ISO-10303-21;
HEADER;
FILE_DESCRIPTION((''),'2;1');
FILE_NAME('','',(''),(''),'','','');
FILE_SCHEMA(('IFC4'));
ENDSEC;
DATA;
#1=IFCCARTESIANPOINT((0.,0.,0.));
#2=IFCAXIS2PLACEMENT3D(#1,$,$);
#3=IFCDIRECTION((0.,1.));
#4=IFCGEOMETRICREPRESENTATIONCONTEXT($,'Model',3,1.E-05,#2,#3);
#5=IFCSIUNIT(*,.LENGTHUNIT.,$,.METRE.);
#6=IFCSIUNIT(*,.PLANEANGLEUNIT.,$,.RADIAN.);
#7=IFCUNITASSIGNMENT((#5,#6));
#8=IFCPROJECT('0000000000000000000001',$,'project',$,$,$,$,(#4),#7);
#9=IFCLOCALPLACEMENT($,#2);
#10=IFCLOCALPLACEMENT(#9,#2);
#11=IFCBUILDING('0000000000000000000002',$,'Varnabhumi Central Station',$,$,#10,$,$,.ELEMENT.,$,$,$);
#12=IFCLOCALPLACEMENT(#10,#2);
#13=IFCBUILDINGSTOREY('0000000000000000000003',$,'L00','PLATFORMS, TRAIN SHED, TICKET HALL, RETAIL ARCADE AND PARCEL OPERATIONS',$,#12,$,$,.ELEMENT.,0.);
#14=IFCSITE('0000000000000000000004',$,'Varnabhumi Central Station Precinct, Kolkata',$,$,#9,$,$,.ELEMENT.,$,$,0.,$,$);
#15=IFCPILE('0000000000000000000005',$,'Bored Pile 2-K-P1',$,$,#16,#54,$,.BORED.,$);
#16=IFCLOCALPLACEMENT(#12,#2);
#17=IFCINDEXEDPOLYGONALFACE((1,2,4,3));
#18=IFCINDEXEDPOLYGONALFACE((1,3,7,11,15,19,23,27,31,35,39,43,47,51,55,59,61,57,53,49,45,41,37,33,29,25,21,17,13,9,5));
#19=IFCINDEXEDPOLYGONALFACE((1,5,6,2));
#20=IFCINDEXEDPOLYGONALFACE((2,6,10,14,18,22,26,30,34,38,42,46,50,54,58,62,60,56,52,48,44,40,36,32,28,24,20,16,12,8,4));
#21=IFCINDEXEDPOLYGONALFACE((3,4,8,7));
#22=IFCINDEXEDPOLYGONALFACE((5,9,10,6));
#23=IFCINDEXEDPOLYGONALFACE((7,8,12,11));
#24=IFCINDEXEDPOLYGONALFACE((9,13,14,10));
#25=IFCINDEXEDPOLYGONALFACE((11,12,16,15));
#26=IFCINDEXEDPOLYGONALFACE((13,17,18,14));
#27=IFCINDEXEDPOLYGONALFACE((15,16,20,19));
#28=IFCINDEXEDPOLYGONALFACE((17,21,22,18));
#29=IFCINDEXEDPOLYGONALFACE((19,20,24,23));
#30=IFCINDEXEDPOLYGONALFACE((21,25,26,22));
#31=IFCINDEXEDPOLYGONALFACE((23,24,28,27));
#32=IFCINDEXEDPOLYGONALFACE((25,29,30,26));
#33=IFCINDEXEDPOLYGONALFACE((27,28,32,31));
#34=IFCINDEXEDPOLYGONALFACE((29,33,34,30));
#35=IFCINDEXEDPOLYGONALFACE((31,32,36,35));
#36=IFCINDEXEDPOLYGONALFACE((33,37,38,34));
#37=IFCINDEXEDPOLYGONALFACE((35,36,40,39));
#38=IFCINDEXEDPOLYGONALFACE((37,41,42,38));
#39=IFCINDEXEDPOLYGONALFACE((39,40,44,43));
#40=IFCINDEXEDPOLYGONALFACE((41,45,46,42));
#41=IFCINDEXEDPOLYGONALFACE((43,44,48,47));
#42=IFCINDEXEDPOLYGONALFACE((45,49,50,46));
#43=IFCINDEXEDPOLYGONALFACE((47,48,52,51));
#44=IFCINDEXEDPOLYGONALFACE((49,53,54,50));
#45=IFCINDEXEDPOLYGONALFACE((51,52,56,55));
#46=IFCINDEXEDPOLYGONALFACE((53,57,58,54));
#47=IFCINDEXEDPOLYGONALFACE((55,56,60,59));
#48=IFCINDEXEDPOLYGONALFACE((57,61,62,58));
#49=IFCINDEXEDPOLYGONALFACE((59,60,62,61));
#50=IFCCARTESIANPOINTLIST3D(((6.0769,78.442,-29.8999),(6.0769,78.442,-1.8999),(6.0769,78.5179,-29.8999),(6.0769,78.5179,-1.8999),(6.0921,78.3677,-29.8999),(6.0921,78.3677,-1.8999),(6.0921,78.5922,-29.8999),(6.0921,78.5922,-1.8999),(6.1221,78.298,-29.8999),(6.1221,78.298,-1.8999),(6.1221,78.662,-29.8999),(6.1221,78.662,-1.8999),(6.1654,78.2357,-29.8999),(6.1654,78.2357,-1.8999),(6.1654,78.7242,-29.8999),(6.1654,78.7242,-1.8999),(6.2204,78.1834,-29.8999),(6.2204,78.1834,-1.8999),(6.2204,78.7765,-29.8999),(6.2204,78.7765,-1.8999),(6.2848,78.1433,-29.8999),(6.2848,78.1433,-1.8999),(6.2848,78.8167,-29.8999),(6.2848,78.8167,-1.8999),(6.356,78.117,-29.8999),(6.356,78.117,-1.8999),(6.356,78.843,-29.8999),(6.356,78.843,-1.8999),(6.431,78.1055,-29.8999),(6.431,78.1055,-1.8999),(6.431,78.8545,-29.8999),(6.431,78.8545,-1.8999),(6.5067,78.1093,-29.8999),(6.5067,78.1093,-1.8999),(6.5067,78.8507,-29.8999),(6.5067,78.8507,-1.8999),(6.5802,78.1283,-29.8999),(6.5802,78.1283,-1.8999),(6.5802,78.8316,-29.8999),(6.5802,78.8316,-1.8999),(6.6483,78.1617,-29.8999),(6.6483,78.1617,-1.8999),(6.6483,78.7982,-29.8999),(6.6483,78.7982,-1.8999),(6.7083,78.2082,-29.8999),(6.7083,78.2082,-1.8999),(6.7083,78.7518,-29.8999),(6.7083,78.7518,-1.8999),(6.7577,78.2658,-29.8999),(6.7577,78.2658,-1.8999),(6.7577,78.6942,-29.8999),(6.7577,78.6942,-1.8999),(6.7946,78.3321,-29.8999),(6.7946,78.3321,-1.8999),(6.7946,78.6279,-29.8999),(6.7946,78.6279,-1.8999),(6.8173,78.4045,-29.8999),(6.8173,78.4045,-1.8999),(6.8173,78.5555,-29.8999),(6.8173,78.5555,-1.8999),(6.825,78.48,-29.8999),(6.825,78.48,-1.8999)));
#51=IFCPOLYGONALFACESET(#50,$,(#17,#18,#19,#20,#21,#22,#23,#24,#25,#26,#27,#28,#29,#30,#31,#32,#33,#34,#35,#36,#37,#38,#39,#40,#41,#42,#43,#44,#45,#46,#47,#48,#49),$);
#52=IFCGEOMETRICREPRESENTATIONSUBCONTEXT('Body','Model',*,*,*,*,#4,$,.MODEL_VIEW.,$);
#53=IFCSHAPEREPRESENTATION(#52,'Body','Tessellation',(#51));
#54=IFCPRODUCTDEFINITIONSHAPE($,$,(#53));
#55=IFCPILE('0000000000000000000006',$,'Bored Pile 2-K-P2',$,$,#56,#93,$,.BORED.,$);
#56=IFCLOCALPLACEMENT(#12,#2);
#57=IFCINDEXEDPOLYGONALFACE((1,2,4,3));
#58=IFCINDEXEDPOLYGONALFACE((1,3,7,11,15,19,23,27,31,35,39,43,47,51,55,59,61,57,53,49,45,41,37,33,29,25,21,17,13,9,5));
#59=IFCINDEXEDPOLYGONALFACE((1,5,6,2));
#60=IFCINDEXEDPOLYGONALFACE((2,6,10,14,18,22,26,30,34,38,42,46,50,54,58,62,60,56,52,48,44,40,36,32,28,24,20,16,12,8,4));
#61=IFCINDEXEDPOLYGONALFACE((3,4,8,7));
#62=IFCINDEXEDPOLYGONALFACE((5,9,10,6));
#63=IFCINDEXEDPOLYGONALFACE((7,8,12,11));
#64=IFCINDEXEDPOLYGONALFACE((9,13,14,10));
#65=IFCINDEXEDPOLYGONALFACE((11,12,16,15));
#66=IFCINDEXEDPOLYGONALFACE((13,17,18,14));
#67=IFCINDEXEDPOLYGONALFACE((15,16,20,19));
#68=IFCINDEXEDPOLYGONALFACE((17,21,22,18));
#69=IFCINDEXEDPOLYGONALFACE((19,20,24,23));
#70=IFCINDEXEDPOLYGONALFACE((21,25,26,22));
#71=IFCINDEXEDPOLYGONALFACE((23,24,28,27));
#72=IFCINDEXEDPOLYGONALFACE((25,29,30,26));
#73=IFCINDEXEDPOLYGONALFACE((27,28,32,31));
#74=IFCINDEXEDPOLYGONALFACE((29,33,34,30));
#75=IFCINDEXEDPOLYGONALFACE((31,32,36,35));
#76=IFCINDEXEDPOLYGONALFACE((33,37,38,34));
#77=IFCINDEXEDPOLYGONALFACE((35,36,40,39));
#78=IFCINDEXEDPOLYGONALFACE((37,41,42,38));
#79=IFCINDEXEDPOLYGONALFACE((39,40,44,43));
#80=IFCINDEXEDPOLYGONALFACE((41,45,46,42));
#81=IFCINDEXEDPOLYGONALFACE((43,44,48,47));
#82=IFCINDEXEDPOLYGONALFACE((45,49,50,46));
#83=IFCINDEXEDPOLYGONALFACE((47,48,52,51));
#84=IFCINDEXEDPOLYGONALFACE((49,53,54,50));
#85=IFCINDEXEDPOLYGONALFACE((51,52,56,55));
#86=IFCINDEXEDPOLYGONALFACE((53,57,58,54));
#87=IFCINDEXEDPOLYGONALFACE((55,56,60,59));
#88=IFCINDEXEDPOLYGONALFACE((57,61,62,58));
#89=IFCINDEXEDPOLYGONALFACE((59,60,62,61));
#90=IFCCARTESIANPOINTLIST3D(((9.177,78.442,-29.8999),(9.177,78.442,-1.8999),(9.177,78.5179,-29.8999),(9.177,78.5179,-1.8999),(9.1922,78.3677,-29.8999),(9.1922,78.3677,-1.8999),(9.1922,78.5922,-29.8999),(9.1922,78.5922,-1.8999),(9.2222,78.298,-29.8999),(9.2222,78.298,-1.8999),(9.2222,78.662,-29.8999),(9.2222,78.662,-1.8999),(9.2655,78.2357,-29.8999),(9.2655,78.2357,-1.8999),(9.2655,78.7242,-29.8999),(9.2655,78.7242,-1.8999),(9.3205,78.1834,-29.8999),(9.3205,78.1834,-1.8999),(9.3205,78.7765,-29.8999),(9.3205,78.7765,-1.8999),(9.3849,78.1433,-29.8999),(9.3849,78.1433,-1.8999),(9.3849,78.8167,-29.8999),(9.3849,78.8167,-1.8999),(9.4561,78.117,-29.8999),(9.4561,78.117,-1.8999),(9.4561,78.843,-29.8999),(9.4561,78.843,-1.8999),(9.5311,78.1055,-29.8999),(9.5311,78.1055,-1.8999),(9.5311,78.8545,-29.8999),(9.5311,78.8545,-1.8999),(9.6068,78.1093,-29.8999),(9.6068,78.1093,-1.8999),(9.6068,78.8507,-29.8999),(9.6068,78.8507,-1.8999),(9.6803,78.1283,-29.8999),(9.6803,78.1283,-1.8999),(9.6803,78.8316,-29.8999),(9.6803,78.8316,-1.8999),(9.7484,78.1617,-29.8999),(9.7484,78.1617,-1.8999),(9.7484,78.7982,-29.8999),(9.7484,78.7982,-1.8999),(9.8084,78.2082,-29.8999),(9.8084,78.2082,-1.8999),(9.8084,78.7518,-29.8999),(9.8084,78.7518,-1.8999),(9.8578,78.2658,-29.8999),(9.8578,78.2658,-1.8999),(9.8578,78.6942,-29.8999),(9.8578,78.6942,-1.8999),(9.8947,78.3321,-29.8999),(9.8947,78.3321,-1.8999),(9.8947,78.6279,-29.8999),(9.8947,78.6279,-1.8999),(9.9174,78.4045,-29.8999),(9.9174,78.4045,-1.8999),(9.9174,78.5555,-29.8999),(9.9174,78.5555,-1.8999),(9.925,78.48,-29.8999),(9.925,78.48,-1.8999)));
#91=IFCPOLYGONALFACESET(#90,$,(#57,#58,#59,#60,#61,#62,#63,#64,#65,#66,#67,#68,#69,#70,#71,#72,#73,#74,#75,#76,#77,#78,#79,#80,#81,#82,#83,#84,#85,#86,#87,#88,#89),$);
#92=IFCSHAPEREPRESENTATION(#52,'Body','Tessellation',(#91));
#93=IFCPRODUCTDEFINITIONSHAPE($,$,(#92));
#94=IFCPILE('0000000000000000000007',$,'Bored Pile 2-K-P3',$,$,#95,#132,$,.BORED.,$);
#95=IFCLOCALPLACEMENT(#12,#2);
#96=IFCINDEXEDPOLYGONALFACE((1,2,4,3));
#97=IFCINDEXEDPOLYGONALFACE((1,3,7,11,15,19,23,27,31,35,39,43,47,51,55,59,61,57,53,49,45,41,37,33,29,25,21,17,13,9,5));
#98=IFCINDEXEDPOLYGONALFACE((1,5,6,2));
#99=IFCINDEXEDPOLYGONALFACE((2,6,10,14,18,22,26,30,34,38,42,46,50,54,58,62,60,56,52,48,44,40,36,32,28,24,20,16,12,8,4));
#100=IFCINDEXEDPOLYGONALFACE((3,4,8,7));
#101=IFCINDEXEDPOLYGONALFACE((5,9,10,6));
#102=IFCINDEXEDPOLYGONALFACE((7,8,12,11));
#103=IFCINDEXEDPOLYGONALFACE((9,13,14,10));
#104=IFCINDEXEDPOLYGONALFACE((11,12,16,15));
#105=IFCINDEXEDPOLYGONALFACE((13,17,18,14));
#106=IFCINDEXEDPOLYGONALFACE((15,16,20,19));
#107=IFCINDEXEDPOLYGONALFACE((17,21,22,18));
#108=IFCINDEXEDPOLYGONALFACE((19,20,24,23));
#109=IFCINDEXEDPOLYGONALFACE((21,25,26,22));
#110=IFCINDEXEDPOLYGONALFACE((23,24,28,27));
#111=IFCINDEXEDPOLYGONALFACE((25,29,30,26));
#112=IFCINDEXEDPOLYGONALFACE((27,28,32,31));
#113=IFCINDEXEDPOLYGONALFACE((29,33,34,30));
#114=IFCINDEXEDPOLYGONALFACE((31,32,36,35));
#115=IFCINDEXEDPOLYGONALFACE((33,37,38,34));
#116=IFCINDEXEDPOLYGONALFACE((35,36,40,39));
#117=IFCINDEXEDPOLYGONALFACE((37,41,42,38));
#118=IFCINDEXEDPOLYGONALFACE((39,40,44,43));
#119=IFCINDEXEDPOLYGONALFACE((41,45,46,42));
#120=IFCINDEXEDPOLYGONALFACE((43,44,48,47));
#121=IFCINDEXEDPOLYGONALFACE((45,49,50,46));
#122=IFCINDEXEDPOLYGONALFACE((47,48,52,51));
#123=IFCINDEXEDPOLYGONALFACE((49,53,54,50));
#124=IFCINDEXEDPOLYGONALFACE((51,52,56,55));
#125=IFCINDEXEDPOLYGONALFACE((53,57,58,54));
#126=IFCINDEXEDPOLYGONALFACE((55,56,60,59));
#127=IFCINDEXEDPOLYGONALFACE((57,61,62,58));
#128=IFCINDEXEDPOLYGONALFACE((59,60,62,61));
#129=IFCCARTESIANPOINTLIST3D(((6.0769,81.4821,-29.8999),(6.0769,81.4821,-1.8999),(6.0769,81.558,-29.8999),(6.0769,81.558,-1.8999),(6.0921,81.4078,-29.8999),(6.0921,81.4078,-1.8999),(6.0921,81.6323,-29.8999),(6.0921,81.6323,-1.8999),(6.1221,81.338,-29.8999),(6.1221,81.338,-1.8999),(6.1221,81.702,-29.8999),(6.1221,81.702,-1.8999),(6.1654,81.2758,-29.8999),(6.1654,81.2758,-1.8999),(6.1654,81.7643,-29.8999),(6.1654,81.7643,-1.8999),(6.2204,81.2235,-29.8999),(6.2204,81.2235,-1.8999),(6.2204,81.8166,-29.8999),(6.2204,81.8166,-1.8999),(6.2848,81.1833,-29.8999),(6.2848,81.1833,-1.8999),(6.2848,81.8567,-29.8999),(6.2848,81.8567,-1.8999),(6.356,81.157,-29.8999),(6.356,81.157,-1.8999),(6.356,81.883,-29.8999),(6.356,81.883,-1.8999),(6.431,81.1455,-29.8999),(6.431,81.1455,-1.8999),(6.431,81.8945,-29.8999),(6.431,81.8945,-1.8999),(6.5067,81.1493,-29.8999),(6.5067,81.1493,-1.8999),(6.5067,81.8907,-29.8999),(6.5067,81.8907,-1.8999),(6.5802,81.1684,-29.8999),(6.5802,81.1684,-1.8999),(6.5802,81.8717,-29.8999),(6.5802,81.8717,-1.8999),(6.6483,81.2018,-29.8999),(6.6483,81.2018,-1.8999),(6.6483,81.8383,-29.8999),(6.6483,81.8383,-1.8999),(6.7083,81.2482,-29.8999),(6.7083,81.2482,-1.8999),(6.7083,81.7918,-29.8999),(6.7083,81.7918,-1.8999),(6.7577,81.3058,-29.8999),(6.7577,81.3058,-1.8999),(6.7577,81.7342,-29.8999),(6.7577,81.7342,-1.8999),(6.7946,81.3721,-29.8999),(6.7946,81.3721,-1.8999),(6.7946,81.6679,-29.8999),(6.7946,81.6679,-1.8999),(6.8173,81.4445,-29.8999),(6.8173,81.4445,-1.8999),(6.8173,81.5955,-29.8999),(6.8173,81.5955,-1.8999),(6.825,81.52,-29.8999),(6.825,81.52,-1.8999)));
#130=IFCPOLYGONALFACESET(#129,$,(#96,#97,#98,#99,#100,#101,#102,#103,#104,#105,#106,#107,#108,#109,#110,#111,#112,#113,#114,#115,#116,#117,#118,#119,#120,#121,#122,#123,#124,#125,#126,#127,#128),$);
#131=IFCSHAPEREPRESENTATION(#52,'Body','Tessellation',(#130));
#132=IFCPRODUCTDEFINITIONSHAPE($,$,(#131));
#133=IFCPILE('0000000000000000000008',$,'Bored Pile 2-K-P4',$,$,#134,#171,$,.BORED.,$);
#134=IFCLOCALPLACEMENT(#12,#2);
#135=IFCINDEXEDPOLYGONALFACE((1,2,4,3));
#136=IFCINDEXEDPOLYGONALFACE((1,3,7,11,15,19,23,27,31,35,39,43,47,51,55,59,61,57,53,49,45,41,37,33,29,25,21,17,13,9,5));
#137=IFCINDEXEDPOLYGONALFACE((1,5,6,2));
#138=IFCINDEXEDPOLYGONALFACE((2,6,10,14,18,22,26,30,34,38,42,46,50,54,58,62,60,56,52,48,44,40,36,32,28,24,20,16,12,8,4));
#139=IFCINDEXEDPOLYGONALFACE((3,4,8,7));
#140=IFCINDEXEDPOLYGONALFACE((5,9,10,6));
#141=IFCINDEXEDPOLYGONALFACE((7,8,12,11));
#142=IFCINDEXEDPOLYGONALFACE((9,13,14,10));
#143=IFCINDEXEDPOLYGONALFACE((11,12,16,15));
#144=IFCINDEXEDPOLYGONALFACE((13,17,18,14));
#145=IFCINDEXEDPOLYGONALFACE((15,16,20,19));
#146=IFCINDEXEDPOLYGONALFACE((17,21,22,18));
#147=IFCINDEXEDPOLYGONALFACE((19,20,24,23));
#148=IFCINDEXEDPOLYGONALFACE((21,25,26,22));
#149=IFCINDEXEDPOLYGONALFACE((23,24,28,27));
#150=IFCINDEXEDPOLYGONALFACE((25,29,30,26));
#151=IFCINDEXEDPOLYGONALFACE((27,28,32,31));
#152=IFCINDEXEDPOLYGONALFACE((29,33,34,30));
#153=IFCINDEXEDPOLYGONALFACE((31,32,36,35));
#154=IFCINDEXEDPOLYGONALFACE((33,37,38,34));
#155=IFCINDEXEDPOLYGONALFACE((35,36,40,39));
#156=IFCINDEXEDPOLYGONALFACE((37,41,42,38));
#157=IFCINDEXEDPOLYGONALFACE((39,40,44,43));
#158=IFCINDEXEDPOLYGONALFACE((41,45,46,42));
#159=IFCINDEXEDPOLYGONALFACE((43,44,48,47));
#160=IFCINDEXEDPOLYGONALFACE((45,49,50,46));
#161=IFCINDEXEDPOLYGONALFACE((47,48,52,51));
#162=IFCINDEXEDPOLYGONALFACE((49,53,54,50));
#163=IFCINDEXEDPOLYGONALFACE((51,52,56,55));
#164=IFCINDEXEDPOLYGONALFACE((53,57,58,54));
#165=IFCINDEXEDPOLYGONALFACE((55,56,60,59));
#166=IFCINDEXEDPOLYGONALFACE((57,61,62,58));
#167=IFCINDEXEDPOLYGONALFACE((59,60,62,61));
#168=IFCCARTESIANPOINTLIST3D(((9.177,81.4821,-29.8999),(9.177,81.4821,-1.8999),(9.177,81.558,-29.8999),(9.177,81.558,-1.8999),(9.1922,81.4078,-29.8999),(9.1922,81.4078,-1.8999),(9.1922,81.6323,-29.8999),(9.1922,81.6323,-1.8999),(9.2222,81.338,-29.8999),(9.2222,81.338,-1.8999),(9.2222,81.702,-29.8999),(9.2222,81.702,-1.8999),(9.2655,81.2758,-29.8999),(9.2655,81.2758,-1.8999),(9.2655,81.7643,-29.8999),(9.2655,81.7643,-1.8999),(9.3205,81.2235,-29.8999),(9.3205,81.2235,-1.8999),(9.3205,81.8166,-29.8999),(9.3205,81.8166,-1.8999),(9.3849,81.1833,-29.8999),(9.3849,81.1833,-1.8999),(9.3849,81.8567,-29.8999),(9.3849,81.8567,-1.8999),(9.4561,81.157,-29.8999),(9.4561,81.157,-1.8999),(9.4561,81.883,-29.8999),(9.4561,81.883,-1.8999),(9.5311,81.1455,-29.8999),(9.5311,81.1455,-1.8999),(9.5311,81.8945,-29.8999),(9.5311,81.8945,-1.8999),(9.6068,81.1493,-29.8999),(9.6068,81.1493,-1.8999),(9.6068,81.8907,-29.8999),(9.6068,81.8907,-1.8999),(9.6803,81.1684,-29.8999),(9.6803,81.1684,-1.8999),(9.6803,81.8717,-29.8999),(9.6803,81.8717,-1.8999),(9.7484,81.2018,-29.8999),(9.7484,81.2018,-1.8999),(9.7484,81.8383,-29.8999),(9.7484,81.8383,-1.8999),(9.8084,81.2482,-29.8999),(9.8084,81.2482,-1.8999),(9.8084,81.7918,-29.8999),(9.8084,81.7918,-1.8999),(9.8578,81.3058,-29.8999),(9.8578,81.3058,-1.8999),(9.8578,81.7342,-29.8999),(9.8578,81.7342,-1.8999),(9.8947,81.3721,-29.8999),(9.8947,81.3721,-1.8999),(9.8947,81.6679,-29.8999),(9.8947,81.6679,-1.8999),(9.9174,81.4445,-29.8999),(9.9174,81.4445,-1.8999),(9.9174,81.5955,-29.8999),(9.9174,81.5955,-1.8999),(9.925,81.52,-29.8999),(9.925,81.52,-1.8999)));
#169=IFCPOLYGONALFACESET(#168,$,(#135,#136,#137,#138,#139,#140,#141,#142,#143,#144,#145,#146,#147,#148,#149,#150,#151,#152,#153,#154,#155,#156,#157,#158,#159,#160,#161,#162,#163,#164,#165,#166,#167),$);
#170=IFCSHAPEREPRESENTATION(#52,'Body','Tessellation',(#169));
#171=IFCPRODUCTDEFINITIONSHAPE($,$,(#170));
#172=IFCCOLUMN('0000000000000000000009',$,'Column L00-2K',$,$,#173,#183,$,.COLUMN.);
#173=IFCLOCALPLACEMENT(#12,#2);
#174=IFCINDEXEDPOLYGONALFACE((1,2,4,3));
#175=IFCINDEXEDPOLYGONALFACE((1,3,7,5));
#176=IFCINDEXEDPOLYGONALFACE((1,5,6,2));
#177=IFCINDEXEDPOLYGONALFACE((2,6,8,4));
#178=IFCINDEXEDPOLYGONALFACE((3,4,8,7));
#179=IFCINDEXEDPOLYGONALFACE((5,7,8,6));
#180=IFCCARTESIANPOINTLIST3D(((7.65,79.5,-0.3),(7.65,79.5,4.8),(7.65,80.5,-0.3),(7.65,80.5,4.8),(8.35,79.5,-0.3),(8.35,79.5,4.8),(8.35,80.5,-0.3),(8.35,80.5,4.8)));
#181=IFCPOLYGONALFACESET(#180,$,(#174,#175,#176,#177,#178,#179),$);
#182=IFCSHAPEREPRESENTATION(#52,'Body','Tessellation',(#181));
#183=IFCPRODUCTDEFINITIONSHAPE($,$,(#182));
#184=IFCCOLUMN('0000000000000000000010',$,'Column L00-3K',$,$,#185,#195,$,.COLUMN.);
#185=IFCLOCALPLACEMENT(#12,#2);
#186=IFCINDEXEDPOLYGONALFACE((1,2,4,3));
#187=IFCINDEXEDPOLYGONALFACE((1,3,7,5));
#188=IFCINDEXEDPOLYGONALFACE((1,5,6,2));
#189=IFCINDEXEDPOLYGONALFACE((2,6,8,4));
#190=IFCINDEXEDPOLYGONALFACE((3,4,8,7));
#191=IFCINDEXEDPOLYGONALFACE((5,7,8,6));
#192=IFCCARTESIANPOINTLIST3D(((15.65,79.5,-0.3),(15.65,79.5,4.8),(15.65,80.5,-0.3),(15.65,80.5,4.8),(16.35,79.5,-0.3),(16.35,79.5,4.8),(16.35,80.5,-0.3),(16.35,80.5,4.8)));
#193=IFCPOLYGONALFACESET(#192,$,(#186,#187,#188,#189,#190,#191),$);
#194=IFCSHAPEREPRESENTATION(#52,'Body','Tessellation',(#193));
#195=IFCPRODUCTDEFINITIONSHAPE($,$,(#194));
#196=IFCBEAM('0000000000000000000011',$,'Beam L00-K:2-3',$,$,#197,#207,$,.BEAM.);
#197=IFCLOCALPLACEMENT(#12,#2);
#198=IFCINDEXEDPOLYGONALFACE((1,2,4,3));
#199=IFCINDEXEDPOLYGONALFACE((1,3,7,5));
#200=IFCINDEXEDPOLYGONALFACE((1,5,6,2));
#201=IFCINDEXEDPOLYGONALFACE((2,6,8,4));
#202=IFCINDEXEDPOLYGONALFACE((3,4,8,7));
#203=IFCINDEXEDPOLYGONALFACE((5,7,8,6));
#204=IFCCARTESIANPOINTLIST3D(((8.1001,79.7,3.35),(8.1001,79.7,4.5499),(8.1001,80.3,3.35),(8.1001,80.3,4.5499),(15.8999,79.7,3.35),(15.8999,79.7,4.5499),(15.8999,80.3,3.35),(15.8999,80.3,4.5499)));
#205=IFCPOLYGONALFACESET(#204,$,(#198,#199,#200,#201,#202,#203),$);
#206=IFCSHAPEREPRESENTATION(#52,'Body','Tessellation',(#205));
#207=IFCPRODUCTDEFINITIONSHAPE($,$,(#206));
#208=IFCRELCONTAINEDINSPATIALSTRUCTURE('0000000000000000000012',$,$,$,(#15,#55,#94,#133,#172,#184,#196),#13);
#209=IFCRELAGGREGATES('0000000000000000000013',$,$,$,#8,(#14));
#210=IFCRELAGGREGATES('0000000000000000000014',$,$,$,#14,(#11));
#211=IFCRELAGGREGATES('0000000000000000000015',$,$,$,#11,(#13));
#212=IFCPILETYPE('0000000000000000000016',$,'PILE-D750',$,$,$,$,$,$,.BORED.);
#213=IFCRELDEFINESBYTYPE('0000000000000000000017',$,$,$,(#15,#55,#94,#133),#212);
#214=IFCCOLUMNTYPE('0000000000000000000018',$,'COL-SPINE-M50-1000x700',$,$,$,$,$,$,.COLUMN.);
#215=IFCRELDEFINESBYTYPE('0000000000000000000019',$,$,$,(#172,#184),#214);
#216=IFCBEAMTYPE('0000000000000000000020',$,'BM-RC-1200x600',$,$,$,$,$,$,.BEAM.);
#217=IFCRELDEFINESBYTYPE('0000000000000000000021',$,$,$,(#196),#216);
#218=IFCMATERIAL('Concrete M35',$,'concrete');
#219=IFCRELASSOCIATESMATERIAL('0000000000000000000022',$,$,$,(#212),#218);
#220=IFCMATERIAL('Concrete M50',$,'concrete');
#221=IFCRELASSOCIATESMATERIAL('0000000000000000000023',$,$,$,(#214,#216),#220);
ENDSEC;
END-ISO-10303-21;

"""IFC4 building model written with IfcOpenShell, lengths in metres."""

from ifc_helpers import new_model, si_unit, direction, frame, origin, origin_2d, place, context, subcontext, project, spatial, rectangle, circle, extrude, material, material_profile, profile_set, type_object, element, save


model = new_model("IFC4")

# Units and contexts
model_context = context("Model", 3, precision=1e-05, world=origin(), true_north=direction((0.0, 1.0)))
body_context = subcontext(model_context, "Body", "Model", "MODEL_VIEW")
ifc_project = project(units=[si_unit("LENGTHUNIT", "METRE"), si_unit("PLANEANGLEUNIT", "RADIAN")], contexts=[model_context])

# Site, building, storey
site_placement = place(None, origin())
site = spatial("IfcSite", under=ifc_project, at=site_placement, Name="Varnabhumi Central Station Precinct, Kolkata", CompositionType="ELEMENT", RefElevation=0.0)
building_placement = place(site_placement, origin())
building = spatial("IfcBuilding", under=site, at=building_placement, Name="Varnabhumi Central Station", CompositionType="ELEMENT")
storey_placement = place(building_placement, origin())
storey = spatial("IfcBuildingStorey", under=building, at=storey_placement, Name="L00", Description="PLATFORMS, TRAIN SHED, TICKET HALL, RETAIL ARCADE AND PARCEL OPERATIONS", CompositionType="ELEMENT", Elevation=0.0)

# Piles
ifc_material_1 = material(Name="Concrete M35", Category="concrete")
ifc_material_profile_1 = material_profile(ifc_material_1, circle(Radius=0.375, at=origin_2d()), Name="Concrete M35", Category="concrete")
ifc_profile_set_1 = profile_set([ifc_material_profile_1], Name="Concrete M35")
pile_type_1 = type_object("IfcPileType", Name="PILE-D750", PredefinedType="BORED", material=ifc_profile_set_1)
for number, where, z_axis, x_axis, name in (
    (1, (6.45, 78.48, -1.8999), (0.0, 0.0, -1.0), (1.0, 0.0, 0.0), "Bored Pile 2-K-P1"),
    (2, (9.55, 78.48, -1.8999), (0.0, 0.0, -1.0), (1.0, 0.0, 0.0), "Bored Pile 2-K-P2"),
    (3, (6.45, 81.52, -1.8999), (0.0, 0.0, -1.0), (1.0, 0.0, 0.0), "Bored Pile 2-K-P3"),
    (4, (9.55, 81.52, -1.8999), (0.0, 0.0, -1.0), (1.0, 0.0, 0.0), "Bored Pile 2-K-P4"),
):
    element("IfcPile", number, at=place(storey_placement, frame(where, z_axis=z_axis, x_axis=x_axis)), inside=storey, type_object=pile_type_1, Name=name, PredefinedType="BORED", context=body_context, shape_type="SweptSolid", body=[
        extrude(circle(Radius=0.375, at=origin_2d()), origin(), (0.0, 0.0, 1.0), 28.0),
    ])

# Columns
ifc_material_2 = material(Name="Concrete M50", Category="concrete")
ifc_material_profile_2 = material_profile(ifc_material_2, rectangle(XDim=0.7, YDim=1.0, at=origin_2d()), Name="Concrete M50", Category="concrete")
ifc_profile_set_2 = profile_set([ifc_material_profile_2], Name="Concrete M50")
column_type = type_object("IfcColumnType", Name="COL-SPINE-M50-1000x700", PredefinedType="COLUMN", material=ifc_profile_set_2)
for number, where, z_axis, x_axis, name in (
    (5, (8.0, 80.0, -0.3), (0.0, 0.0, 1.0), (1.0, 0.0, 0.0), "Column L00-2K"),
    (6, (16.0, 80.0, -0.3), (0.0, 0.0, 1.0), (1.0, 0.0, 0.0), "Column L00-3K"),
):
    element("IfcColumn", number, at=place(storey_placement, frame(where, z_axis=z_axis, x_axis=x_axis)), inside=storey, type_object=column_type, Name=name, PredefinedType="COLUMN", context=body_context, shape_type="SweptSolid", body=[
        extrude(rectangle(XDim=0.7, YDim=1.0, at=origin_2d()), origin(), (0.0, 0.0, 1.0), 5.1001),
    ])

# Beam
ifc_material_profile_3 = material_profile(ifc_material_2, rectangle(XDim=0.6001, YDim=1.2, at=origin_2d()), Name="Concrete M50", Category="concrete")
ifc_profile_set_3 = profile_set([ifc_material_profile_3], Name="Concrete M50")
beam_type_1 = type_object("IfcBeamType", Name="BM-RC-1200x600", PredefinedType="BEAM", material=ifc_profile_set_3)
for number, where, z_axis, x_axis, name in (
    (7, (8.1001, 80.0, 3.95), (1.0, 0.0, 0.0), (0.0, 1.0, 0.0), "Beam L00-K:2-3"),
):
    element("IfcBeam", number, at=place(storey_placement, frame(where, z_axis=z_axis, x_axis=x_axis)), inside=storey, type_object=beam_type_1, Name=name, PredefinedType="BEAM", context=body_context, shape_type="SweptSolid", body=[
        extrude(rectangle(XDim=0.6001, YDim=1.2, at=origin_2d()), origin(), (0.0, 0.0, 1.0), 7.7998),
    ])

save(model, "model.ifc")
